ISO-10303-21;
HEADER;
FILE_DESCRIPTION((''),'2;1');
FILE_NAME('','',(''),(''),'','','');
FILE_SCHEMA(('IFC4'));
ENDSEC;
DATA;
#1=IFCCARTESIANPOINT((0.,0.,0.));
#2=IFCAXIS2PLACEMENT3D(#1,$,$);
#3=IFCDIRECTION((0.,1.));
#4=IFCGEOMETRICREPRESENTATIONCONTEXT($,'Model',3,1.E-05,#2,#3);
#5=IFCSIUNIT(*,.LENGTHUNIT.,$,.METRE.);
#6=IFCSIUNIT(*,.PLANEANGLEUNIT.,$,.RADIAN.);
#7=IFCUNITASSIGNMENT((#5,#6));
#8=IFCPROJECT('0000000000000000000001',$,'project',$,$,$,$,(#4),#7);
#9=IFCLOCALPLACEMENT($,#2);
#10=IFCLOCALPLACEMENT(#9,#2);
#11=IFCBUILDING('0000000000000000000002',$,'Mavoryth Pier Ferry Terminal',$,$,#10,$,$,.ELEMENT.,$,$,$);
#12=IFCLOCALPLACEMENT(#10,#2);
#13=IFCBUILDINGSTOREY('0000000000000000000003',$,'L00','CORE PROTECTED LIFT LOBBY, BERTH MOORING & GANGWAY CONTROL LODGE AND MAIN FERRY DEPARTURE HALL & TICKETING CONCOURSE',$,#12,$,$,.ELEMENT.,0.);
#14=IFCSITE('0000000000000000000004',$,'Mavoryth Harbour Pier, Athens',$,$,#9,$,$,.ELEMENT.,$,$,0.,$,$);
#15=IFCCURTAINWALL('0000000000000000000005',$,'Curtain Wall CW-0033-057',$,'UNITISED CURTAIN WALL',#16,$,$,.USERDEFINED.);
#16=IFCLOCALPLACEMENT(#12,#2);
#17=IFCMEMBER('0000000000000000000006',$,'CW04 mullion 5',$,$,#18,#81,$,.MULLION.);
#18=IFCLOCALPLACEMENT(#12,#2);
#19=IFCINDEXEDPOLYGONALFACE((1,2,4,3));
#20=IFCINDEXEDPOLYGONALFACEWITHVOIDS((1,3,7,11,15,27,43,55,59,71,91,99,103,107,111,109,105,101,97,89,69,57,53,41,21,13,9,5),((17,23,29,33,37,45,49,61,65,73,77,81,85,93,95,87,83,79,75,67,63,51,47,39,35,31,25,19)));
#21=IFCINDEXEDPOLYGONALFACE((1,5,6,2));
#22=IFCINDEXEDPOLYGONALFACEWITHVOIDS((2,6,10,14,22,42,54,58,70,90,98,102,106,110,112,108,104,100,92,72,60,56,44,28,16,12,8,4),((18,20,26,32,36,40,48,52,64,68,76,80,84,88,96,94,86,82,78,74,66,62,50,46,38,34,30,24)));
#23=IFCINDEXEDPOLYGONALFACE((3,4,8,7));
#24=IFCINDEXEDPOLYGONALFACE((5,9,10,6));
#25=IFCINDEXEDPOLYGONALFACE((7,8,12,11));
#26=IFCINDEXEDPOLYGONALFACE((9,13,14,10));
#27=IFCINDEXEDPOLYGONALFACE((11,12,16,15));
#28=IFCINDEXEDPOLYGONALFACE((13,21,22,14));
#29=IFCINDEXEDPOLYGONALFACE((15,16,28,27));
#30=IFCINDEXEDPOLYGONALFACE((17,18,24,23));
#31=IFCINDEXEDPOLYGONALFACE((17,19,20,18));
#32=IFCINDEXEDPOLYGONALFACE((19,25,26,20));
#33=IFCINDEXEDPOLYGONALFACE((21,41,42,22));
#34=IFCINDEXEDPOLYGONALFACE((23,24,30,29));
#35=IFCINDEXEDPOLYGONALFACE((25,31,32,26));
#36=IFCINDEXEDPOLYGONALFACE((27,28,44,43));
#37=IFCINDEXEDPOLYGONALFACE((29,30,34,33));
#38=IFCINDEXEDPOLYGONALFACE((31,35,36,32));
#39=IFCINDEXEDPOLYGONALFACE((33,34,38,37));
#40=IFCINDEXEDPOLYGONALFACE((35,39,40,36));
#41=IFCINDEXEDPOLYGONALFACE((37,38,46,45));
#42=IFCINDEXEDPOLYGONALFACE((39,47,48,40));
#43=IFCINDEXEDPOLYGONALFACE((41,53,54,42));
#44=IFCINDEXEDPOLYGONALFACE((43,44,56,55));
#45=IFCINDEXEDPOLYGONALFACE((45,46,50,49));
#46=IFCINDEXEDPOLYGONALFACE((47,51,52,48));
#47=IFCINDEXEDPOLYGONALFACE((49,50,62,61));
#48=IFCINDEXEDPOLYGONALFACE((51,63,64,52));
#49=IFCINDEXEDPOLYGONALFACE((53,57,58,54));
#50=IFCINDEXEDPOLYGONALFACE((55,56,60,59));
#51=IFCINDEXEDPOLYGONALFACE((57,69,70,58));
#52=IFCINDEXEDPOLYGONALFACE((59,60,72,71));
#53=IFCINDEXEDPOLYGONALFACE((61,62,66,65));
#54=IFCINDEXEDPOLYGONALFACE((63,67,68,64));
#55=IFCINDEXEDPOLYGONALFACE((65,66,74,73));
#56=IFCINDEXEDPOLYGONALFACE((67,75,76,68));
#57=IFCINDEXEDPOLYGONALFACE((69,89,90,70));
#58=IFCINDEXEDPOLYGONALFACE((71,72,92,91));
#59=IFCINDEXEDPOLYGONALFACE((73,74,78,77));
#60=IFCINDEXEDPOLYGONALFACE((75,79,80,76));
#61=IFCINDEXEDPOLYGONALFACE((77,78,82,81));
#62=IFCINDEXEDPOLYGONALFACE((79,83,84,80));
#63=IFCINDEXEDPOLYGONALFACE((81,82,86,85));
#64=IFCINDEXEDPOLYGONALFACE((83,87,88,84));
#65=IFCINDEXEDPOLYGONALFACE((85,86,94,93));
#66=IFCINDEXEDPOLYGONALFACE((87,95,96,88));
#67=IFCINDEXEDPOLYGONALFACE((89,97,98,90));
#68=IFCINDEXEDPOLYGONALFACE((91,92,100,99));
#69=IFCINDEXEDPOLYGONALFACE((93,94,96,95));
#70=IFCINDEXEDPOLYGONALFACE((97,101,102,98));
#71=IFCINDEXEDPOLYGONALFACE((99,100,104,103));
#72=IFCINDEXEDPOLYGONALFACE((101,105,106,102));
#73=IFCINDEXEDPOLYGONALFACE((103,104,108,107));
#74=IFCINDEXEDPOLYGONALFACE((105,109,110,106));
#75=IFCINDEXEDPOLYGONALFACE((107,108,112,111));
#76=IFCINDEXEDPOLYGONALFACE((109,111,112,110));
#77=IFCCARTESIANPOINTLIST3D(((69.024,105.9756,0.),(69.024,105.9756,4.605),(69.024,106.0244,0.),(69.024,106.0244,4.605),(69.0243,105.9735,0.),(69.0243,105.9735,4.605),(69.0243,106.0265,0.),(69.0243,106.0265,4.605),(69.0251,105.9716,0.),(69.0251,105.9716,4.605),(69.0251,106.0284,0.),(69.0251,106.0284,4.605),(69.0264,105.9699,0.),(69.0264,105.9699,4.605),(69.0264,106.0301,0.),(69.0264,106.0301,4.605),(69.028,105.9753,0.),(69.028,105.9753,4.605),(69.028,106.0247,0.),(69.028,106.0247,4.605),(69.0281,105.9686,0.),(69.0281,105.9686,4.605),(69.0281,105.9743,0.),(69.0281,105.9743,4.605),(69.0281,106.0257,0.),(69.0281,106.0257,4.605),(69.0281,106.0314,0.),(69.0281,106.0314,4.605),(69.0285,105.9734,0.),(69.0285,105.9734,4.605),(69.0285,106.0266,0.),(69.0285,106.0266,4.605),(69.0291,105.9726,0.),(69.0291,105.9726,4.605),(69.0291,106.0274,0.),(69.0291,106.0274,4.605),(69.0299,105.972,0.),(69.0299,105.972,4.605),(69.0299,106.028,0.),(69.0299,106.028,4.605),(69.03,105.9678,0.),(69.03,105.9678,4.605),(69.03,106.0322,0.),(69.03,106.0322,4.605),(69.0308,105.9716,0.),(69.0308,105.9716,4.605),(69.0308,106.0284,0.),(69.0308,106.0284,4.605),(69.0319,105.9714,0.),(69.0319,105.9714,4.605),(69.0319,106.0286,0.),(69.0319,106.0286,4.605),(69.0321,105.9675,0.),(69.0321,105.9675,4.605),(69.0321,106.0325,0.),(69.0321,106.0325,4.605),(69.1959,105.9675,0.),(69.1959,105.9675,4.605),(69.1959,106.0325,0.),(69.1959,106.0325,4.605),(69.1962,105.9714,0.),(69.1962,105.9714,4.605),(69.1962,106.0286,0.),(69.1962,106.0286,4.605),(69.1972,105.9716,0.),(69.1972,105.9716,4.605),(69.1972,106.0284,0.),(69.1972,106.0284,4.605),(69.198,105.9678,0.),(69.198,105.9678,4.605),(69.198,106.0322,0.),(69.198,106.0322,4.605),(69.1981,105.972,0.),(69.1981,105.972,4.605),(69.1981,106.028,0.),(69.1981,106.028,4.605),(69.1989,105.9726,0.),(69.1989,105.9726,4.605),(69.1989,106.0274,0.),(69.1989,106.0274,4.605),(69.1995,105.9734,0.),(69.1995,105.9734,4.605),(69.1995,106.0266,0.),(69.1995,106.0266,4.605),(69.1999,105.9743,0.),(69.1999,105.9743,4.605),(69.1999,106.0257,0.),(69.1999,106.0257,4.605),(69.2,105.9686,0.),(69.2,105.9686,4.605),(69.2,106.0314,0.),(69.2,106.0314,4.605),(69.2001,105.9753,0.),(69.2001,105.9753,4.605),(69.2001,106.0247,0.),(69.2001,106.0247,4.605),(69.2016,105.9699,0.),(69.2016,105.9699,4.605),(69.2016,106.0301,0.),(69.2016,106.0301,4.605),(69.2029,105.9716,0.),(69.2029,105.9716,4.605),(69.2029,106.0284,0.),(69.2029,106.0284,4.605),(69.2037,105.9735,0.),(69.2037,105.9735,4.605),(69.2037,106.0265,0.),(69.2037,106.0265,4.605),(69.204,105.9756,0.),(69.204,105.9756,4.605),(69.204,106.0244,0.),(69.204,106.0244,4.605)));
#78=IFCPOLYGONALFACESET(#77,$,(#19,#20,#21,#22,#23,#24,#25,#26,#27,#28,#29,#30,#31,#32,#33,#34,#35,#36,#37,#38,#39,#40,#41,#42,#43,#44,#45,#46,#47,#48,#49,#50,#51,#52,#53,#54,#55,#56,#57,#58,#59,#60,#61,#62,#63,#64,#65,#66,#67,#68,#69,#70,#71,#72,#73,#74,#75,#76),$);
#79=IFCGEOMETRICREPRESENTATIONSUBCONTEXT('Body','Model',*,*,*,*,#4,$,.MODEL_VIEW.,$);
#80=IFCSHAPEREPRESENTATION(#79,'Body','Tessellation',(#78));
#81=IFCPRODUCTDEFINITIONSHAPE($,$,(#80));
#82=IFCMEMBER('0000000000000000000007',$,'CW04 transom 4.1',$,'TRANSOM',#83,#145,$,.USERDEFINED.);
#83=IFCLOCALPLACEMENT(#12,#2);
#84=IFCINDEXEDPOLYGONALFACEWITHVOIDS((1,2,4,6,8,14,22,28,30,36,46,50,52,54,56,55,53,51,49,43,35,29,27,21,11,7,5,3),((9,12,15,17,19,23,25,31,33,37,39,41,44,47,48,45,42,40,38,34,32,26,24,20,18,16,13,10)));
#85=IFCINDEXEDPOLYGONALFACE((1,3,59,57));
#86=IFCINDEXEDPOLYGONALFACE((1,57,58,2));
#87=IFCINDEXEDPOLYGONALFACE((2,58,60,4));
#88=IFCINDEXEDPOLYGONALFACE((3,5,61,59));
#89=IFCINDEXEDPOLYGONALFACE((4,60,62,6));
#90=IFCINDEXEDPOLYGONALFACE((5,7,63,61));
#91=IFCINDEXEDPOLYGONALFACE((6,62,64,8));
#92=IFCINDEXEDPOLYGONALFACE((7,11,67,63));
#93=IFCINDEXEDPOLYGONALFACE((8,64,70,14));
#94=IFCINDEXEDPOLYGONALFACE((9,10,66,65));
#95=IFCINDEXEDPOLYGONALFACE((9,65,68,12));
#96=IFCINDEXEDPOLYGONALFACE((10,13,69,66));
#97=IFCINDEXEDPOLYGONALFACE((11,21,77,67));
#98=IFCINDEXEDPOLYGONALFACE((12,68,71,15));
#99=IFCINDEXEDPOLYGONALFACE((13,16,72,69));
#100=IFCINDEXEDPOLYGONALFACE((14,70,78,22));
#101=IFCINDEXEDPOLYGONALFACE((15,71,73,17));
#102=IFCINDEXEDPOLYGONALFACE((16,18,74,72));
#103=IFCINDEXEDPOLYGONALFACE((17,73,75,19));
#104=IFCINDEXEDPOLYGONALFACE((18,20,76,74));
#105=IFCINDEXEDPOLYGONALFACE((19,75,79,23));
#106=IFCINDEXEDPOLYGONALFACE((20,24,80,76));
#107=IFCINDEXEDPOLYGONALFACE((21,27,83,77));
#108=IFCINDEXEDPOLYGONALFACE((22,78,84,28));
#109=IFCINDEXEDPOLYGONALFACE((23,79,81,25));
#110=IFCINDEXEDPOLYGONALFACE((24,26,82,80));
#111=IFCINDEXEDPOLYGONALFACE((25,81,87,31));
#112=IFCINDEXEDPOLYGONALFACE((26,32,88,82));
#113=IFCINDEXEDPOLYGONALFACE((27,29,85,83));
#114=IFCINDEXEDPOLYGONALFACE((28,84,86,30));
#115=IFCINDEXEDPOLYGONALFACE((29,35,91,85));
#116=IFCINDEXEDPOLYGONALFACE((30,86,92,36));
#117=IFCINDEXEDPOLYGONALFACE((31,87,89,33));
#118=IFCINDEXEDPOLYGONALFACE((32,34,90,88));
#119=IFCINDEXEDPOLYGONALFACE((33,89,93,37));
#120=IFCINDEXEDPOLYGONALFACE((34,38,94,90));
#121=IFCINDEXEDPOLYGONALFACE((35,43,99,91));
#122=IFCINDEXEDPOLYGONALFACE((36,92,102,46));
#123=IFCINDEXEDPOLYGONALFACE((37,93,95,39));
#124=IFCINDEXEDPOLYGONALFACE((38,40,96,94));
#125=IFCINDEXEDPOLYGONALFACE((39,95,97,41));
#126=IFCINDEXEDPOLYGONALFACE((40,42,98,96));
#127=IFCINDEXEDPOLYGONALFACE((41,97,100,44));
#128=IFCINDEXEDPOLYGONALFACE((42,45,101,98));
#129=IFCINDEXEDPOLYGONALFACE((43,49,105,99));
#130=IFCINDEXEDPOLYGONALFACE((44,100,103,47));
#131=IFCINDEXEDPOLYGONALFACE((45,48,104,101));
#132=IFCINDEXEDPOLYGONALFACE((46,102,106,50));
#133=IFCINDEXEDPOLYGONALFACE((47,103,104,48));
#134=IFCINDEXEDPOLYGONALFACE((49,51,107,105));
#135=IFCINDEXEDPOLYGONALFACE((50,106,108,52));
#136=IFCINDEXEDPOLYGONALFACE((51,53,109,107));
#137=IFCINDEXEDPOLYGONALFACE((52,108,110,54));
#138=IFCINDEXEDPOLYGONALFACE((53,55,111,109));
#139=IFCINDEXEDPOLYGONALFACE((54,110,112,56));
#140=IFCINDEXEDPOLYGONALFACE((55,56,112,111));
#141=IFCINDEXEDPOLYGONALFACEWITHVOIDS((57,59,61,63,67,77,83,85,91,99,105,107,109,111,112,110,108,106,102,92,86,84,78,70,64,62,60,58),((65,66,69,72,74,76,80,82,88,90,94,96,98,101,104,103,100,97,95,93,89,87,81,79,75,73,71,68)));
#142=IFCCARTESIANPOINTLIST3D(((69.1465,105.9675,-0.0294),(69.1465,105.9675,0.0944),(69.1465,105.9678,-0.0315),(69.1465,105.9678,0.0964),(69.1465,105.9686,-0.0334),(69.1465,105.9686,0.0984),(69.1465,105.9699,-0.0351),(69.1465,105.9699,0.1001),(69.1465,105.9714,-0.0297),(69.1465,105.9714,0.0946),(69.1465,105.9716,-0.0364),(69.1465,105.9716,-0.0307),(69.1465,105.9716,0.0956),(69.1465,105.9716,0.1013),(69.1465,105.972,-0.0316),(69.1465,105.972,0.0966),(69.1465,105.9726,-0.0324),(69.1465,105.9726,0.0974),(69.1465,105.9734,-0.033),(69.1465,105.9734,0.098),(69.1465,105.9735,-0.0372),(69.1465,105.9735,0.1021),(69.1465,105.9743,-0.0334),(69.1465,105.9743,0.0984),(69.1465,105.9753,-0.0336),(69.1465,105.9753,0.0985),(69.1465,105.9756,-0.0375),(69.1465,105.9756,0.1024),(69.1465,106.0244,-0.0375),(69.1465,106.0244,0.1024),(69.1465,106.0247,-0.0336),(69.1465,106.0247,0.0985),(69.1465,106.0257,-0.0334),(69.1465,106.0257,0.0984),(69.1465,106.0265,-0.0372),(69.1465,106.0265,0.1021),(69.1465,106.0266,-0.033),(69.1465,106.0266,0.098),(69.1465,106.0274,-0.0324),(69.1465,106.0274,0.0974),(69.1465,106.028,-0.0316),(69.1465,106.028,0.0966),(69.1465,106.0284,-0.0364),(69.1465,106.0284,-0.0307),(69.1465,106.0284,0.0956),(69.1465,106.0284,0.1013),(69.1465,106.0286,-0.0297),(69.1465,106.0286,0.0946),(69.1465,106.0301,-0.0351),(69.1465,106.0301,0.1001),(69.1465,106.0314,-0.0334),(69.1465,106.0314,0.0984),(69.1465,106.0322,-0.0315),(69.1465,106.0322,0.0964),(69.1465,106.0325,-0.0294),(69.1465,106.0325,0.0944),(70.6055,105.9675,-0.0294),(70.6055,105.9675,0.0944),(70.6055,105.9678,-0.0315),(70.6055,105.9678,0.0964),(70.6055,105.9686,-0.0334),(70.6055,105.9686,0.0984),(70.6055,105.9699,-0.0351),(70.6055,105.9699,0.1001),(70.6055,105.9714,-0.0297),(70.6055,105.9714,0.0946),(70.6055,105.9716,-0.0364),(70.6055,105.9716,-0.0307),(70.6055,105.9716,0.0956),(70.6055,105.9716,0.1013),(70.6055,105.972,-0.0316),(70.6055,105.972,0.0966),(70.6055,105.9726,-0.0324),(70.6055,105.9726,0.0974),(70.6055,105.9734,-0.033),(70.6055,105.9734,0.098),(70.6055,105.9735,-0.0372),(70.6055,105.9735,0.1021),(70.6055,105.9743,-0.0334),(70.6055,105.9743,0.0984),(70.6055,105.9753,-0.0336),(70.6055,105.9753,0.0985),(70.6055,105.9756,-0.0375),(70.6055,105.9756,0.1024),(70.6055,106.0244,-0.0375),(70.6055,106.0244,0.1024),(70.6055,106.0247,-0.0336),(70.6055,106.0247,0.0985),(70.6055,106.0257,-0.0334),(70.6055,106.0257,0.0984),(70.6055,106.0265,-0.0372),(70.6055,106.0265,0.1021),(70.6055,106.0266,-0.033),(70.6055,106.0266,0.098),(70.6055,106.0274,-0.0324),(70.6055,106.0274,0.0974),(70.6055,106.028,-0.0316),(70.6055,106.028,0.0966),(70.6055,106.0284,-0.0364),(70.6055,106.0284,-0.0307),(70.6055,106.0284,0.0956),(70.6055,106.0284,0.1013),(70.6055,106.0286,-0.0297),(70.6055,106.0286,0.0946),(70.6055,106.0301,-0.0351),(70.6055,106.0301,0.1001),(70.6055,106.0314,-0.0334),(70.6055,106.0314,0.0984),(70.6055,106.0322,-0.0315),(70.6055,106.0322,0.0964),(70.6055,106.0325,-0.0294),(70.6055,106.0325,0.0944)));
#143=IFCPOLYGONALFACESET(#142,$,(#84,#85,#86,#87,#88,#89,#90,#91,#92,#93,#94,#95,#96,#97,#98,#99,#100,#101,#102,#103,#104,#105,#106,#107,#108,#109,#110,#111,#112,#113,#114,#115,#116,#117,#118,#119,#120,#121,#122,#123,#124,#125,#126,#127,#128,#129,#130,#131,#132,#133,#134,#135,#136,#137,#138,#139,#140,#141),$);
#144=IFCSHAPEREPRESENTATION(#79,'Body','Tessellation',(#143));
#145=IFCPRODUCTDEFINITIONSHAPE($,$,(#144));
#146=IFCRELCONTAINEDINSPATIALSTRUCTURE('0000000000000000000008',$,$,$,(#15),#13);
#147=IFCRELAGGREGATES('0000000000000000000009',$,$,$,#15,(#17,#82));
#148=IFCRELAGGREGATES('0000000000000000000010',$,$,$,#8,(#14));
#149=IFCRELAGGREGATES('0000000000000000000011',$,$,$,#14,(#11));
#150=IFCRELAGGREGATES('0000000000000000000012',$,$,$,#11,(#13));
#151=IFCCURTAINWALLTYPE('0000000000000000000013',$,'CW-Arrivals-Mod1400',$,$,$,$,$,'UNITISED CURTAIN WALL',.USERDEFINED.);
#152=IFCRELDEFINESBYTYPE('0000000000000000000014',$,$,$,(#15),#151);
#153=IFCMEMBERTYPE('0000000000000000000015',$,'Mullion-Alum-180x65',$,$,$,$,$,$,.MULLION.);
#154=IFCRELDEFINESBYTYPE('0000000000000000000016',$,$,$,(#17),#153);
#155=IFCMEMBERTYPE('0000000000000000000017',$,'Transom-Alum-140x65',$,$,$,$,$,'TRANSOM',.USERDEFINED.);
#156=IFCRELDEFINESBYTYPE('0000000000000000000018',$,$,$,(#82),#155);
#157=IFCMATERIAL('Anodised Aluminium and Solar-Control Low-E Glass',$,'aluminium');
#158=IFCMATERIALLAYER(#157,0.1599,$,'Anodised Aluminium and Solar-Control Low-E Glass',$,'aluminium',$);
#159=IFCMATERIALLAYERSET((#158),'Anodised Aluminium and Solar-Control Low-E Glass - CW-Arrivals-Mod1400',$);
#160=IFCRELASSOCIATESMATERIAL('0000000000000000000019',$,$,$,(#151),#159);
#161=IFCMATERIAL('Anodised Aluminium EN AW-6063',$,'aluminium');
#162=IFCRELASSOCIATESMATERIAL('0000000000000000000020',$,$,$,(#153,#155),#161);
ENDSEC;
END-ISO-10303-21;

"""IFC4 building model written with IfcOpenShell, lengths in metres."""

from ifc_helpers import new_model, si_unit, direction, frame, origin, origin_2d, place, context, subcontext, project, spatial, hollow_rectangle, extrude, material, layer, layer_set, material_profile, profile_set, type_object, element, aggregate, save


model = new_model("IFC4")

# Units and contexts
model_context = context("Model", 3, precision=1e-05, world=origin(), true_north=direction((0.0, 1.0)))
body_context = subcontext(model_context, "Body", "Model", "MODEL_VIEW")
ifc_project = project(units=[si_unit("LENGTHUNIT", "METRE"), si_unit("PLANEANGLEUNIT", "RADIAN")], contexts=[model_context])

# Site, building, storey
site_placement = place(None, origin())
site = spatial("IfcSite", under=ifc_project, at=site_placement, Name="Mavoryth Harbour Pier, Athens", CompositionType="ELEMENT", RefElevation=0.0)
building_placement = place(site_placement, origin())
building = spatial("IfcBuilding", under=site, at=building_placement, Name="Mavoryth Pier Ferry Terminal", CompositionType="ELEMENT")
storey_placement = place(building_placement, origin())
storey = spatial("IfcBuildingStorey", under=building, at=storey_placement, Name="L00", Description="CORE PROTECTED LIFT LOBBY, BERTH MOORING & GANGWAY CONTROL LODGE AND MAIN FERRY DEPARTURE HALL & TICKETING CONCOURSE", CompositionType="ELEMENT", Elevation=0.0)

# Curtain wall, members
ifc_material_1 = material(Name="Anodised Aluminium and Solar-Control Low-E Glass", Category="aluminium")
ifc_layer_1 = layer(ifc_material_1, 0.1599, Name="Anodised Aluminium and Solar-Control Low-E Glass", Category="aluminium")
ifc_layer_set_1 = layer_set([ifc_layer_1], Name="Anodised Aluminium and Solar-Control Low-E Glass - CW-Arrivals-Mod1400")
curtain_wall_type = type_object("IfcCurtainWallType", Name="CW-Arrivals-Mod1400", ElementType="UNITISED CURTAIN WALL", PredefinedType="USERDEFINED", material=ifc_layer_set_1)
curtain_wall_placement = place(storey_placement, origin())
curtain_wall = element("IfcCurtainWall", 1, at=curtain_wall_placement, inside=storey, type_object=curtain_wall_type, Name="Curtain Wall CW-0033-057", ObjectType="UNITISED CURTAIN WALL", PredefinedType="USERDEFINED")
ifc_material_2 = material(Name="Anodised Aluminium EN AW-6063", Category="aluminium")
ifc_material_profile_1 = material_profile(ifc_material_2, hollow_rectangle(XDim=0.0649, YDim=0.1799, WallThickness=0.0039, InnerFilletRadius=0.0039, OuterFilletRadius=0.0081, at=origin_2d()), Name="AL-MULL 180x65x4", Category="aluminium")
ifc_profile_set_1 = profile_set([ifc_material_profile_1], Name="Anodised Aluminium EN AW-6063 - AL-MULL 180x65x4")
member_type_1 = type_object("IfcMemberType", Name="Mullion-Alum-180x65", PredefinedType="MULLION", material=ifc_profile_set_1)
member_1_placement = place(storey_placement, frame((69.114, 106.0, 0.0), z_axis=(0.0, 0.0, 1.0), x_axis=(0.0, -1.0, 0.0)))
member_1 = element("IfcMember", 2, at=member_1_placement, type_object=member_type_1, Name="CW04 mullion 5", PredefinedType="MULLION", context=body_context, shape_type="SweptSolid", body=[
    extrude(hollow_rectangle(XDim=0.0649, YDim=0.1799, WallThickness=0.0039, InnerFilletRadius=0.0039, OuterFilletRadius=0.0081, at=origin_2d()), origin(), (0.0, 0.0, 1.0), 4.605),
])
ifc_material_profile_2 = material_profile(ifc_material_2, hollow_rectangle(XDim=0.0649, YDim=0.1399, WallThickness=0.0039, InnerFilletRadius=0.0039, OuterFilletRadius=0.0081, at=origin_2d()), Name="AL-TRAN 140x65x4", Category="aluminium")
ifc_profile_set_2 = profile_set([ifc_material_profile_2], Name="Anodised Aluminium EN AW-6063 - AL-TRAN 140x65x4")
member_type_2 = type_object("IfcMemberType", Name="Transom-Alum-140x65", ElementType="TRANSOM", PredefinedType="USERDEFINED", material=ifc_profile_set_2)
member_2_placement = place(storey_placement, frame((70.6055, 106.0, 0.0325), z_axis=(-1.0, 0.0, 0.0), x_axis=(0.0, -1.0, 0.0)))
member_2 = element("IfcMember", 3, at=member_2_placement, type_object=member_type_2, Name="CW04 transom 4.1", ObjectType="TRANSOM", PredefinedType="USERDEFINED", context=body_context, shape_type="SweptSolid", body=[
    extrude(hollow_rectangle(XDim=0.0649, YDim=0.1399, WallThickness=0.0039, InnerFilletRadius=0.0039, OuterFilletRadius=0.0081, at=origin_2d()), origin(), (0.0, 0.0, 1.0), 1.459),
])
aggregate(curtain_wall, [member_1, member_2])

save(model, "model.ifc")
